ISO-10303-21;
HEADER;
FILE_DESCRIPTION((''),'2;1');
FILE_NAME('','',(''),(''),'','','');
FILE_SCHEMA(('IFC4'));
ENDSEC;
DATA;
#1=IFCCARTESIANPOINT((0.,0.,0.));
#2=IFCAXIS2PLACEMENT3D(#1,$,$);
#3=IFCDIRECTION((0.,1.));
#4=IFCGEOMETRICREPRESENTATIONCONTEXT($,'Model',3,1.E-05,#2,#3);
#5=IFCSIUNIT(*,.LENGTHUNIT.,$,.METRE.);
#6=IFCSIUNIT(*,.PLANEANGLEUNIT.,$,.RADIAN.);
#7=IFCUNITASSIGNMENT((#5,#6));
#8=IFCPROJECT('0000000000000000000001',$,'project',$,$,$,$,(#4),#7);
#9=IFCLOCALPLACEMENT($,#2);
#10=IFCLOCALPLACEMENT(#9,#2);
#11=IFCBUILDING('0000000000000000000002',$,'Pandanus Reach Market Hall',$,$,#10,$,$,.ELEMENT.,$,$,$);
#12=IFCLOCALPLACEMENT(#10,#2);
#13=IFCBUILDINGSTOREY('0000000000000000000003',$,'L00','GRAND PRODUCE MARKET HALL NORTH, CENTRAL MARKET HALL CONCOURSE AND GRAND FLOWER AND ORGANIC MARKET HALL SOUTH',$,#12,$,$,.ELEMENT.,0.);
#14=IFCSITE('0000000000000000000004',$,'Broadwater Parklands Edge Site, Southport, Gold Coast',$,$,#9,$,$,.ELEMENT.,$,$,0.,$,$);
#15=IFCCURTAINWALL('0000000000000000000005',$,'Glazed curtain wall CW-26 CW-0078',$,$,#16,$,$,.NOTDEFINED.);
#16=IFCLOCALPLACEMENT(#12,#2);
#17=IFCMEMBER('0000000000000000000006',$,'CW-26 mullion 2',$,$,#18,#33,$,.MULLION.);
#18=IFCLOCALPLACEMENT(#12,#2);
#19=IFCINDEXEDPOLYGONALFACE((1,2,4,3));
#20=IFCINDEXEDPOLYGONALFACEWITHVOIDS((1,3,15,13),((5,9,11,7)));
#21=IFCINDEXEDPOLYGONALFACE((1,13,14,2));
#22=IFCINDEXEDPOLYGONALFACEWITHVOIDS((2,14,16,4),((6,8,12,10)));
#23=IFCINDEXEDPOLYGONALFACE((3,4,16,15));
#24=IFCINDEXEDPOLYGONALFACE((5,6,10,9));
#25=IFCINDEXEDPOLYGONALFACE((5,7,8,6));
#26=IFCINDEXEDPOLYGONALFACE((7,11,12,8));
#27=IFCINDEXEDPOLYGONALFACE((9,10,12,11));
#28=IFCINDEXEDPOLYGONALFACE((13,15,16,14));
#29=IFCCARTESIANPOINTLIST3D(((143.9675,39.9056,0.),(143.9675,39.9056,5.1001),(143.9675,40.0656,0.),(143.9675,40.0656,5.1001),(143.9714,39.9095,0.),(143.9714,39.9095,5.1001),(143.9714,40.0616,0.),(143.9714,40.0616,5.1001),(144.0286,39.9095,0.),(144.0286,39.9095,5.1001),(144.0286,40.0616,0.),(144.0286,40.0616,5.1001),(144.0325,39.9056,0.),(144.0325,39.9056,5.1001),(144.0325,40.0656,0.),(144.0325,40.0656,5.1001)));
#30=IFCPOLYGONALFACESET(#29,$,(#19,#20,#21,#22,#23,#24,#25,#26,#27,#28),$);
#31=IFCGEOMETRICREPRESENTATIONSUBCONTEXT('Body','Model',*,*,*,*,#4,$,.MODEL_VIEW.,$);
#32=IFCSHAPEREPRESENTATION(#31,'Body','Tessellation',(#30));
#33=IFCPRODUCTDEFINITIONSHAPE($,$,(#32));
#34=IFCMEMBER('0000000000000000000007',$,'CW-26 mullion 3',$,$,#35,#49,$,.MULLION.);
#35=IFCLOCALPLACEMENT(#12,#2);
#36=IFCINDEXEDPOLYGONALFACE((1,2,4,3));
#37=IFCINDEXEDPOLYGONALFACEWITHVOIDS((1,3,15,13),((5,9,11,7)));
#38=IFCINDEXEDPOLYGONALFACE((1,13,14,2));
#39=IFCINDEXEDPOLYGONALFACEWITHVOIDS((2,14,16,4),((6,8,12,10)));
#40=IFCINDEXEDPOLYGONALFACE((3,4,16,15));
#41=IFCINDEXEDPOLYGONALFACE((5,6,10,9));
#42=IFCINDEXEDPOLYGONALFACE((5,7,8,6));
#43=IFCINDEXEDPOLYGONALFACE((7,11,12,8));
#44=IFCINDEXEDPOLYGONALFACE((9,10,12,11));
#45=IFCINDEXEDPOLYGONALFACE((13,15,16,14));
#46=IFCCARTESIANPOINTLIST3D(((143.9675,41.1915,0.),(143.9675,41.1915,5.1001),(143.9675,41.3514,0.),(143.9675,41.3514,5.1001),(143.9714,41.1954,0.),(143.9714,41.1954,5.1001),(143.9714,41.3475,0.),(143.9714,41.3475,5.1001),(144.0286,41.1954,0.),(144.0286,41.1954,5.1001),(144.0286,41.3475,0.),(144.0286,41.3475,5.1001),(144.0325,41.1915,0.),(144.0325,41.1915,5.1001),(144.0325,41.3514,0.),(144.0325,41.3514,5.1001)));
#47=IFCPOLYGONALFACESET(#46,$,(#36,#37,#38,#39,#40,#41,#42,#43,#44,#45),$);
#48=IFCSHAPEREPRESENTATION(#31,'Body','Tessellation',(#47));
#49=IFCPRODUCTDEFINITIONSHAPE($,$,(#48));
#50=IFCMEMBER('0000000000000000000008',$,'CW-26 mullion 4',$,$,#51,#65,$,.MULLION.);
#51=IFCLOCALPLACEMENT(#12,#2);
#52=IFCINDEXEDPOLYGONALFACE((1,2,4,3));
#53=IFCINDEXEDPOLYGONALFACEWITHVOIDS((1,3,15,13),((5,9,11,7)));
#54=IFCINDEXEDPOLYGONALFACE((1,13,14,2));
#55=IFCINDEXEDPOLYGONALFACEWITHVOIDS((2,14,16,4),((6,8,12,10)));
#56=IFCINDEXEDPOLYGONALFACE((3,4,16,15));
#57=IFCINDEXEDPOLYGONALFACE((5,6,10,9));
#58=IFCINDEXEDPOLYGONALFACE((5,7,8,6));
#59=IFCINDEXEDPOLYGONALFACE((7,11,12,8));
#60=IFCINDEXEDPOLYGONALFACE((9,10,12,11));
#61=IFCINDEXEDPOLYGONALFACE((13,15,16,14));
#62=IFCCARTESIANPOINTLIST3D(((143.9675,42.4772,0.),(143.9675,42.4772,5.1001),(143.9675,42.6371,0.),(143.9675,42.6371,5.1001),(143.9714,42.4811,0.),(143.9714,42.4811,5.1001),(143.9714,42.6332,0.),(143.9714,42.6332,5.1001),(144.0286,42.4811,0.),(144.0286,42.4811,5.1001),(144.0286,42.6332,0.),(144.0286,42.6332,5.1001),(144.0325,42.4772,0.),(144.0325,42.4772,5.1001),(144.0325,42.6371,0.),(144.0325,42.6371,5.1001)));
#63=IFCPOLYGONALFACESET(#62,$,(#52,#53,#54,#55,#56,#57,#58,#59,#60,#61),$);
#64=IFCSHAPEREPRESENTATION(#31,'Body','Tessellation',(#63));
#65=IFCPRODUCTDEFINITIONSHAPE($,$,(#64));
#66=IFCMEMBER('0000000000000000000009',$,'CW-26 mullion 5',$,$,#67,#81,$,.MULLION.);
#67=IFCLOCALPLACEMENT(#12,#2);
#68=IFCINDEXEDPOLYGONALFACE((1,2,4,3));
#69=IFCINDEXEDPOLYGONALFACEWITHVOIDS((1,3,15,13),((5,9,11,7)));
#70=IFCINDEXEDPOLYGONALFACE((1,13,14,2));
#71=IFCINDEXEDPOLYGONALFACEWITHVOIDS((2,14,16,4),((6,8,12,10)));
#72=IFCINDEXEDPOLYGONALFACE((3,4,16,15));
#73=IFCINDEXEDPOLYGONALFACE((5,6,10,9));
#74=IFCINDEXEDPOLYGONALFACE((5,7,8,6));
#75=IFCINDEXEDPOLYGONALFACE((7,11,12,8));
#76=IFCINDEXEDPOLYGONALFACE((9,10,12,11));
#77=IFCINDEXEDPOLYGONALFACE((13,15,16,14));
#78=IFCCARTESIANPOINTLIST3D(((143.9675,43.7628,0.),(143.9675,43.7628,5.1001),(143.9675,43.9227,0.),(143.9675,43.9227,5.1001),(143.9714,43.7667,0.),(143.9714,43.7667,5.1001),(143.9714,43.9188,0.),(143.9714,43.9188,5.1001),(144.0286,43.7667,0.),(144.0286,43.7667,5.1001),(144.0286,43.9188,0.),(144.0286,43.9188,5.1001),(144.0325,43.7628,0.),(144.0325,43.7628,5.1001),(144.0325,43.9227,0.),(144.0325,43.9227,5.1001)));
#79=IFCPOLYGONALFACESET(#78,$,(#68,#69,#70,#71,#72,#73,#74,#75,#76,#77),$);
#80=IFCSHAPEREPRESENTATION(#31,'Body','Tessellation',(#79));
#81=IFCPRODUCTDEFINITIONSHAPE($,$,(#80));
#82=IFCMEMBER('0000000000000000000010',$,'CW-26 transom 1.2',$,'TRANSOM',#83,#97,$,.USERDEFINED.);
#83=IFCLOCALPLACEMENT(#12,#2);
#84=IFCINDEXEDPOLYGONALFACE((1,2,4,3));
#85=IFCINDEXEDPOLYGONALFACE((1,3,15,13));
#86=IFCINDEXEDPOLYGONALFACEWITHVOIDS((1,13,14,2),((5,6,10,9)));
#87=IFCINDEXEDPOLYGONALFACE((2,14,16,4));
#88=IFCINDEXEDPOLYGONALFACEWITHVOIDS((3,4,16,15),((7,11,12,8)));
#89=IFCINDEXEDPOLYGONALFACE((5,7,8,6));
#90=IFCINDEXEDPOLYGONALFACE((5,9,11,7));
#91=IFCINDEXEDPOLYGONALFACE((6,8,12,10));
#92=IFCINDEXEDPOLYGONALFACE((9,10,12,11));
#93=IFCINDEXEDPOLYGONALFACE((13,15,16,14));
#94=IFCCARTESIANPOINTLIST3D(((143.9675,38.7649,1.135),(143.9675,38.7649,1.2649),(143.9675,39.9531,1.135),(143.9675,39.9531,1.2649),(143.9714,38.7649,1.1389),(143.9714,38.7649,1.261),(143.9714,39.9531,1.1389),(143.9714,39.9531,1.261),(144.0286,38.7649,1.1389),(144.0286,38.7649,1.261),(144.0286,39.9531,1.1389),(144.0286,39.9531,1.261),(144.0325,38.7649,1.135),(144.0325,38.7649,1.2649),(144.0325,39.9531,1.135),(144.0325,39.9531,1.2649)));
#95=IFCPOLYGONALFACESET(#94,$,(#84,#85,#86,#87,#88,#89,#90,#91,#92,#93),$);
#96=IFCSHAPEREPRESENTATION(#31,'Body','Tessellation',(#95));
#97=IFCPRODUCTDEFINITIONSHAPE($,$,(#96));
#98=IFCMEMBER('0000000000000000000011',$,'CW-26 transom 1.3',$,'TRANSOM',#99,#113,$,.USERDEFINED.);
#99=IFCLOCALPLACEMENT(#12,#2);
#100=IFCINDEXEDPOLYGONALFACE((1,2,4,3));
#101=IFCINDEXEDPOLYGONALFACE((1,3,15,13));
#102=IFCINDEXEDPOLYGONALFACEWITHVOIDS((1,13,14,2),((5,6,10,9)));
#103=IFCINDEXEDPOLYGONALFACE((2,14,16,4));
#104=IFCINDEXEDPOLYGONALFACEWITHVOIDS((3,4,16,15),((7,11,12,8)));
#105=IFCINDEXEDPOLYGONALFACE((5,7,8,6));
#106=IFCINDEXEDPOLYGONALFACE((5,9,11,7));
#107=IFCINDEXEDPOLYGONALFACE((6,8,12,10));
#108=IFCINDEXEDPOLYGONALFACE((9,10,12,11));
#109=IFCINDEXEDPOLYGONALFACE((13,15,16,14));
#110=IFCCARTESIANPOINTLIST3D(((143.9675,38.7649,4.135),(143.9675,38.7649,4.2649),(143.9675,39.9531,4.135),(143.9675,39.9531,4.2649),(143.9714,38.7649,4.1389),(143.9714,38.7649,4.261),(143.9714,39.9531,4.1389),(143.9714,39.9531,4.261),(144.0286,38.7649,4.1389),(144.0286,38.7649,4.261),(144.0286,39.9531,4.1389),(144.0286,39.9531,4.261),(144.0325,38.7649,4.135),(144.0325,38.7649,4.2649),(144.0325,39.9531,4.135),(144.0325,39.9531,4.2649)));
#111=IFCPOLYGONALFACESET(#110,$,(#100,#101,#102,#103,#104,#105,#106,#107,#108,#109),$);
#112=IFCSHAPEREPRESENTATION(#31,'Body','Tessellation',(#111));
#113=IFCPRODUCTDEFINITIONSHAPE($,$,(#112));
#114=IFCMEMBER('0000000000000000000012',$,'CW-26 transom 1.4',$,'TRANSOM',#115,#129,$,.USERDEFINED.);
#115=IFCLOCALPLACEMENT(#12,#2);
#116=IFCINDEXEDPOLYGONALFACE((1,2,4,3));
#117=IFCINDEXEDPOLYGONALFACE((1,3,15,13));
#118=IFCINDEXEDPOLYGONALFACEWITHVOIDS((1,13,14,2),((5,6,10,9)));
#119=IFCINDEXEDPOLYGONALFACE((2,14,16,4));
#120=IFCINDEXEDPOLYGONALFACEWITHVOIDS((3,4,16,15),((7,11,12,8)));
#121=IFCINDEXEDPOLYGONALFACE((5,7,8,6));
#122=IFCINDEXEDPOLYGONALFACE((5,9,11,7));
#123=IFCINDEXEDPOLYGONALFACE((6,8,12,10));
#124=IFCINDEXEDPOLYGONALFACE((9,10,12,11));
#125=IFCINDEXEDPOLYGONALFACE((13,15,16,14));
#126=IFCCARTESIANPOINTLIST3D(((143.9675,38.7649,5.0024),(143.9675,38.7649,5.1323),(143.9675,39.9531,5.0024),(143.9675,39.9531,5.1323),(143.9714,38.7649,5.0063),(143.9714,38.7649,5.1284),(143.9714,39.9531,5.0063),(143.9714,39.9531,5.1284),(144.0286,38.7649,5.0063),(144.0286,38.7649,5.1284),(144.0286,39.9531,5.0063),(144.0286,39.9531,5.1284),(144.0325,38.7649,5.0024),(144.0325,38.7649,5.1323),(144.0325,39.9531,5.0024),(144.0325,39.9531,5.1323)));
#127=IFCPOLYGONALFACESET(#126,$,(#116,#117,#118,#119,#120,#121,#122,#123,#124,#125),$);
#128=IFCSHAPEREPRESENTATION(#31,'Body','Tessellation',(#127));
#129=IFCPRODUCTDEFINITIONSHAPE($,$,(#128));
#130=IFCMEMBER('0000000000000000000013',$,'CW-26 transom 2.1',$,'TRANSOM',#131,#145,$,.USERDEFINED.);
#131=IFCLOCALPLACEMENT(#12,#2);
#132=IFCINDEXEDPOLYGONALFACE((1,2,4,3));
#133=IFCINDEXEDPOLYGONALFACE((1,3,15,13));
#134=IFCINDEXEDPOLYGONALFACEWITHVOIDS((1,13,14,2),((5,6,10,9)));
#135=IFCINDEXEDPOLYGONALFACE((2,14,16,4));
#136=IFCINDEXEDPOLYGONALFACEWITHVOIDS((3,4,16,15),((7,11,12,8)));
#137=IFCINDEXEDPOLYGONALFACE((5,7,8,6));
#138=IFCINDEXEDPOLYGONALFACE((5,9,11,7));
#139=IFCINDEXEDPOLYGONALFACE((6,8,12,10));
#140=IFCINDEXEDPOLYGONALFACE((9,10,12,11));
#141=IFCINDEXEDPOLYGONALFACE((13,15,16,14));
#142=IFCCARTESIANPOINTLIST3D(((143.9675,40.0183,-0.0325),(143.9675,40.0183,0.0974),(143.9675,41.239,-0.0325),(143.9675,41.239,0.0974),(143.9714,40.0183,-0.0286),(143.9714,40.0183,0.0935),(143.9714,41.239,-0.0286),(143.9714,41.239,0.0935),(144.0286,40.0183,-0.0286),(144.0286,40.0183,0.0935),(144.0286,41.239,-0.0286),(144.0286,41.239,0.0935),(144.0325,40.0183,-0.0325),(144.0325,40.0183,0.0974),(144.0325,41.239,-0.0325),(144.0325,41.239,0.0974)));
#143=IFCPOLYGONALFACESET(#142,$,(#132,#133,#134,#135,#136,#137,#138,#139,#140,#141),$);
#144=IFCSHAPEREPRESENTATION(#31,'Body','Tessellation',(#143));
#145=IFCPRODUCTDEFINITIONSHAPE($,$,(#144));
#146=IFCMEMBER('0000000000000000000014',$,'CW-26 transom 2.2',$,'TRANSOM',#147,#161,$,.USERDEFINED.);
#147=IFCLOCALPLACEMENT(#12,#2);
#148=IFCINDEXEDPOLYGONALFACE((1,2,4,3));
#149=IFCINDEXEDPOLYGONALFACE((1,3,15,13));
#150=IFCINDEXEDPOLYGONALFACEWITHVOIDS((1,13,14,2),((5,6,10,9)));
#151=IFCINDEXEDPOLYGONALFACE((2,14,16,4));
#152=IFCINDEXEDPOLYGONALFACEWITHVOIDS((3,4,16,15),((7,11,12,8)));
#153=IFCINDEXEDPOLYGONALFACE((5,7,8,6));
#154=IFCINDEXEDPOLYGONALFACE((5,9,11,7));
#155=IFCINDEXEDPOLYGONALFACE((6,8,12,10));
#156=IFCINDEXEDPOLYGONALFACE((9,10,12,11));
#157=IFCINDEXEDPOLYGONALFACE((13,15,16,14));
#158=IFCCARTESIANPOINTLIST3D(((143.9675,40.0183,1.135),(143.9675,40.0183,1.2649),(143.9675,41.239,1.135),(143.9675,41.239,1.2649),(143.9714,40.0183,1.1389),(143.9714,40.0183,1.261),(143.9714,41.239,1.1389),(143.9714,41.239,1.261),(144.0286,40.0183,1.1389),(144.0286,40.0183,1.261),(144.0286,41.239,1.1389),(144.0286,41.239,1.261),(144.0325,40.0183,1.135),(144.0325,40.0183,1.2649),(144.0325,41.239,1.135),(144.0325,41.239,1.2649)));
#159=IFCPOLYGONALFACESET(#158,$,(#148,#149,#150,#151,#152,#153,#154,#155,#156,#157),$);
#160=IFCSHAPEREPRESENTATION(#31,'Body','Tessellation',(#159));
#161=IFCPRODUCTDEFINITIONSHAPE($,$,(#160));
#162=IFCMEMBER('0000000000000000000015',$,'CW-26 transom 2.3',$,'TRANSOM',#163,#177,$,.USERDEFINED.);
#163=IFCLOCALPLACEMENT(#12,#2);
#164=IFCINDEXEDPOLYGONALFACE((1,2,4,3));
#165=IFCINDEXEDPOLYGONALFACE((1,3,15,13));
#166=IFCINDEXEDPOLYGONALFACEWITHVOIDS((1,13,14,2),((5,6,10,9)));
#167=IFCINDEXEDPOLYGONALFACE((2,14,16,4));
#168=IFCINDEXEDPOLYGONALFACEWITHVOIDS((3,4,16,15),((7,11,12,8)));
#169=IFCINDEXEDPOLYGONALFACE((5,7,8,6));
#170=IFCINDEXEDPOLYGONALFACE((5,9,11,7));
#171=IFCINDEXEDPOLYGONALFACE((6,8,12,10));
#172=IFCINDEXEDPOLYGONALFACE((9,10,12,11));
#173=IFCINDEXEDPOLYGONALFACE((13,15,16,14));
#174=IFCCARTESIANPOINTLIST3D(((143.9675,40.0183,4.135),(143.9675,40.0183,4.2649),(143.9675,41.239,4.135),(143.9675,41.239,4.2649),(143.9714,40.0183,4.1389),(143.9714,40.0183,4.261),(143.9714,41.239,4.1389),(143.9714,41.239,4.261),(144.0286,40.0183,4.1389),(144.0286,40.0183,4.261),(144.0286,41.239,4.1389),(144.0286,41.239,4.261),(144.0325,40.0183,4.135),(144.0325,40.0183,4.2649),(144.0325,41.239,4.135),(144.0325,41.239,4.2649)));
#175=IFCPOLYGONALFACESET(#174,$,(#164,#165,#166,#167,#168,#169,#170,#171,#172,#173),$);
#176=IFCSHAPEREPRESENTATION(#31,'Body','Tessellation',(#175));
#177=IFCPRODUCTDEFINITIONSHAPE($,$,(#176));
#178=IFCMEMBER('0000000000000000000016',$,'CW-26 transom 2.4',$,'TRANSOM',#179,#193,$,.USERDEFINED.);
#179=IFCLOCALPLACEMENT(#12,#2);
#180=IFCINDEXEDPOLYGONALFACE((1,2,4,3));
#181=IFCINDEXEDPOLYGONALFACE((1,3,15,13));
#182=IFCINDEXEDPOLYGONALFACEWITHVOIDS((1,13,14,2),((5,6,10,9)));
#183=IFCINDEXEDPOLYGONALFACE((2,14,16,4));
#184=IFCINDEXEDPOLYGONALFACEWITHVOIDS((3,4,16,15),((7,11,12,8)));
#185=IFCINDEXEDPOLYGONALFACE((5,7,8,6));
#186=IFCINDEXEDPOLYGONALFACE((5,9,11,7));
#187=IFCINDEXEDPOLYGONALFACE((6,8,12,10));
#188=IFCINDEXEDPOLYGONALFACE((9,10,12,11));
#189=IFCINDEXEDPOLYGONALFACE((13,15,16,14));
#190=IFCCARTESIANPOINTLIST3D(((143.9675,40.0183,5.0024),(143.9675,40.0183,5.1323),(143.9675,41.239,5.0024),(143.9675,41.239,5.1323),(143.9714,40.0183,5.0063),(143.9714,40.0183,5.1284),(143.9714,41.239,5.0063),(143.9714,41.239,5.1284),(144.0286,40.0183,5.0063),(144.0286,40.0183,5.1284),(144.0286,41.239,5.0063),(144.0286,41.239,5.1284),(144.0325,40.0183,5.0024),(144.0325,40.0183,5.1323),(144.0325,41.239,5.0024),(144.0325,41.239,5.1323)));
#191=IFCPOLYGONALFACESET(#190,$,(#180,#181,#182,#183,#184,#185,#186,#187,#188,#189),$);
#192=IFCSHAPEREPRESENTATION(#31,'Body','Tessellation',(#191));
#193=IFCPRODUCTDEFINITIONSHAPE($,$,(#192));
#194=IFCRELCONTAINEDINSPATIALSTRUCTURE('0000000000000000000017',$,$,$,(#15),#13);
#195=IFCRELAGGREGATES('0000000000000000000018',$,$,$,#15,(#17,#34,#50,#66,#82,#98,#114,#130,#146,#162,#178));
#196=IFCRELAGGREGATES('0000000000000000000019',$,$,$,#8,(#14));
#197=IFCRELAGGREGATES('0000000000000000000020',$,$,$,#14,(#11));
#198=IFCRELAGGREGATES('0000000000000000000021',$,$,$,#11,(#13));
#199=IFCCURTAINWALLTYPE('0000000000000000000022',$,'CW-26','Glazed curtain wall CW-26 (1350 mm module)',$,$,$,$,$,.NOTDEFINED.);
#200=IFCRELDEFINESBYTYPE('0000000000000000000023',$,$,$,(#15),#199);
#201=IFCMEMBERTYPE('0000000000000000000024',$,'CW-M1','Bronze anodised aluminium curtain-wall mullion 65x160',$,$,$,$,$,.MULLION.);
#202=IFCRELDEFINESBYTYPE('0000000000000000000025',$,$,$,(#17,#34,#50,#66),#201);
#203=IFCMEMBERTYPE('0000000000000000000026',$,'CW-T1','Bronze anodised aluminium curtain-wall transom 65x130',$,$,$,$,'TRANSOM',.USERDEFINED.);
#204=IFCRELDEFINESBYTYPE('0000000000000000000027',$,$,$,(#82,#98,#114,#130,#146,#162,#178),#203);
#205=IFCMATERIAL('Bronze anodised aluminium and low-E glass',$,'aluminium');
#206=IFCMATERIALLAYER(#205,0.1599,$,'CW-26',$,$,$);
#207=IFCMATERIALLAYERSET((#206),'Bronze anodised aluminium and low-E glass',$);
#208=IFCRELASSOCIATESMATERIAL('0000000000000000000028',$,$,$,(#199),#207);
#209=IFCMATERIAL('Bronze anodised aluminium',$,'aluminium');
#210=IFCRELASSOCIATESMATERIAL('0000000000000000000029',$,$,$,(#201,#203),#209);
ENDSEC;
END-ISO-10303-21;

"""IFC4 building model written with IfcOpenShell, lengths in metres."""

from ifc_helpers import new_model, si_unit, direction, frame, origin, origin_2d, place, context, subcontext, project, spatial, hollow_rectangle, extrude, material, layer, layer_set, material_profile, profile_set, type_object, element, aggregate, save


model = new_model("IFC4")

# Units and contexts
model_context = context("Model", 3, precision=1e-05, world=origin(), true_north=direction((0.0, 1.0)))
body_context = subcontext(model_context, "Body", "Model", "MODEL_VIEW")
ifc_project = project(units=[si_unit("LENGTHUNIT", "METRE"), si_unit("PLANEANGLEUNIT", "RADIAN")], contexts=[model_context])

# Site, building, storey
site_placement = place(None, origin())
site = spatial("IfcSite", under=ifc_project, at=site_placement, Name="Broadwater Parklands Edge Site, Southport, Gold Coast", CompositionType="ELEMENT", RefElevation=0.0)
building_placement = place(site_placement, origin())
building = spatial("IfcBuilding", under=site, at=building_placement, Name="Pandanus Reach Market Hall", CompositionType="ELEMENT")
storey_placement = place(building_placement, origin())
storey = spatial("IfcBuildingStorey", under=building, at=storey_placement, Name="L00", Description="GRAND PRODUCE MARKET HALL NORTH, CENTRAL MARKET HALL CONCOURSE AND GRAND FLOWER AND ORGANIC MARKET HALL SOUTH", CompositionType="ELEMENT", Elevation=0.0)

# Curtain wall, members
ifc_material_1 = material(Name="Bronze anodised aluminium and low-E glass", Category="aluminium")
ifc_layer_1 = layer(ifc_material_1, 0.1599, Name="CW-26")
ifc_layer_set_1 = layer_set([ifc_layer_1], Name="Bronze anodised aluminium and low-E glass")
curtain_wall_type = type_object("IfcCurtainWallType", Name="CW-26", Description="Glazed curtain wall CW-26 (1350 mm module)", PredefinedType="NOTDEFINED", material=ifc_layer_set_1)
curtain_wall_placement = place(storey_placement, origin())
curtain_wall = element("IfcCurtainWall", 1, at=curtain_wall_placement, inside=storey, type_object=curtain_wall_type, Name="Glazed curtain wall CW-26 CW-0078", PredefinedType="NOTDEFINED")
ifc_material_2 = material(Name="Bronze anodised aluminium", Category="aluminium")
ifc_material_profile_1 = material_profile(ifc_material_2, hollow_rectangle(XDim=0.0649, YDim=0.1599, WallThickness=0.0039, at=origin_2d()), Name="ALU65x160", Category="LoadBearing")
ifc_profile_set_1 = profile_set([ifc_material_profile_1], Name="Bronze anodised aluminium")
member_type_1 = type_object("IfcMemberType", Name="CW-M1", Description="Bronze anodised aluminium curtain-wall mullion 65x160", PredefinedType="MULLION", material=ifc_profile_set_1)
member_1_placement = place(storey_placement, frame((144.0, 39.9856, 0.0), z_axis=(0.0, 0.0, 1.0), x_axis=(-1.0, 0.0, 0.0)))
member_1 = element("IfcMember", 2, at=member_1_placement, type_object=member_type_1, Name="CW-26 mullion 2", PredefinedType="MULLION", context=body_context, shape_type="SweptSolid", body=[
    extrude(hollow_rectangle(XDim=0.0649, YDim=0.1599, WallThickness=0.0039, at=origin_2d()), origin(), (0.0, 0.0, 1.0), 5.1001),
])
member_2_placement = place(storey_placement, frame((144.0, 41.2715, 0.0), z_axis=(0.0, 0.0, 1.0), x_axis=(-1.0, 0.0, 0.0)))
member_2 = element("IfcMember", 3, at=member_2_placement, type_object=member_type_1, Name="CW-26 mullion 3", PredefinedType="MULLION", context=body_context, shape_type="SweptSolid", body=[
    extrude(hollow_rectangle(XDim=0.0649, YDim=0.1599, WallThickness=0.0039, at=origin_2d()), origin(), (0.0, 0.0, 1.0), 5.1001),
])
member_3_placement = place(storey_placement, frame((144.0, 42.5571, 0.0), z_axis=(0.0, 0.0, 1.0), x_axis=(-1.0, 0.0, 0.0)))
member_3 = element("IfcMember", 4, at=member_3_placement, type_object=member_type_1, Name="CW-26 mullion 4", PredefinedType="MULLION", context=body_context, shape_type="SweptSolid", body=[
    extrude(hollow_rectangle(XDim=0.0649, YDim=0.1599, WallThickness=0.0039, at=origin_2d()), origin(), (0.0, 0.0, 1.0), 5.1001),
])
member_4_placement = place(storey_placement, frame((144.0, 43.8428, 0.0), z_axis=(0.0, 0.0, 1.0), x_axis=(-1.0, 0.0, 0.0)))
member_4 = element("IfcMember", 5, at=member_4_placement, type_object=member_type_1, Name="CW-26 mullion 5", PredefinedType="MULLION", context=body_context, shape_type="SweptSolid", body=[
    extrude(hollow_rectangle(XDim=0.0649, YDim=0.1599, WallThickness=0.0039, at=origin_2d()), origin(), (0.0, 0.0, 1.0), 5.1001),
])
ifc_material_profile_2 = material_profile(ifc_material_2, hollow_rectangle(XDim=0.0649, YDim=0.1299, WallThickness=0.0039, at=origin_2d()), Name="ALU65x130", Category="LoadBearing")
ifc_profile_set_2 = profile_set([ifc_material_profile_2], Name="Bronze anodised aluminium")
member_type_2 = type_object("IfcMemberType", Name="CW-T1", Description="Bronze anodised aluminium curtain-wall transom 65x130", ElementType="TRANSOM", PredefinedType="USERDEFINED", material=ifc_profile_set_2)
member_5_placement = place(storey_placement, frame((144.0, 38.7649, 1.2), z_axis=(0.0, 1.0, 0.0), x_axis=(-1.0, 0.0, 0.0)))
member_5 = element("IfcMember", 6, at=member_5_placement, type_object=member_type_2, Name="CW-26 transom 1.2", ObjectType="TRANSOM", PredefinedType="USERDEFINED", context=body_context, shape_type="SweptSolid", body=[
    extrude(hollow_rectangle(XDim=0.0649, YDim=0.1299, WallThickness=0.0039, at=origin_2d()), origin(), (0.0, 0.0, 1.0), 1.1882),
])
member_6_placement = place(storey_placement, frame((144.0, 38.7649, 4.2), z_axis=(0.0, 1.0, 0.0), x_axis=(-1.0, 0.0, 0.0)))
member_6 = element("IfcMember", 7, at=member_6_placement, type_object=member_type_2, Name="CW-26 transom 1.3", ObjectType="TRANSOM", PredefinedType="USERDEFINED", context=body_context, shape_type="SweptSolid", body=[
    extrude(hollow_rectangle(XDim=0.0649, YDim=0.1299, WallThickness=0.0039, at=origin_2d()), origin(), (0.0, 0.0, 1.0), 1.1882),
])
member_7_placement = place(storey_placement, frame((144.0, 38.7649, 5.0674), z_axis=(0.0, 1.0, 0.0), x_axis=(-1.0, 0.0, 0.0)))
member_7 = element("IfcMember", 8, at=member_7_placement, type_object=member_type_2, Name="CW-26 transom 1.4", ObjectType="TRANSOM", PredefinedType="USERDEFINED", context=body_context, shape_type="SweptSolid", body=[
    extrude(hollow_rectangle(XDim=0.0649, YDim=0.1299, WallThickness=0.0039, at=origin_2d()), origin(), (0.0, 0.0, 1.0), 1.1882),
])
member_8_placement = place(storey_placement, frame((144.0, 40.0183, 0.0325), z_axis=(0.0, 1.0, 0.0), x_axis=(-1.0, 0.0, 0.0)))
member_8 = element("IfcMember", 9, at=member_8_placement, type_object=member_type_2, Name="CW-26 transom 2.1", ObjectType="TRANSOM", PredefinedType="USERDEFINED", context=body_context, shape_type="SweptSolid", body=[
    extrude(hollow_rectangle(XDim=0.0649, YDim=0.1299, WallThickness=0.0039, at=origin_2d()), origin(), (0.0, 0.0, 1.0), 1.2207),
])
member_9_placement = place(storey_placement, frame((144.0, 40.0183, 1.2), z_axis=(0.0, 1.0, 0.0), x_axis=(-1.0, 0.0, 0.0)))
member_9 = element("IfcMember", 10, at=member_9_placement, type_object=member_type_2, Name="CW-26 transom 2.2", ObjectType="TRANSOM", PredefinedType="USERDEFINED", context=body_context, shape_type="SweptSolid", body=[
    extrude(hollow_rectangle(XDim=0.0649, YDim=0.1299, WallThickness=0.0039, at=origin_2d()), origin(), (0.0, 0.0, 1.0), 1.2207),
])
member_10_placement = place(storey_placement, frame((144.0, 40.0183, 4.2), z_axis=(0.0, 1.0, 0.0), x_axis=(-1.0, 0.0, 0.0)))
member_10 = element("IfcMember", 11, at=member_10_placement, type_object=member_type_2, Name="CW-26 transom 2.3", ObjectType="TRANSOM", PredefinedType="USERDEFINED", context=body_context, shape_type="SweptSolid", body=[
    extrude(hollow_rectangle(XDim=0.0649, YDim=0.1299, WallThickness=0.0039, at=origin_2d()), origin(), (0.0, 0.0, 1.0), 1.2207),
])
member_11_placement = place(storey_placement, frame((144.0, 40.0183, 5.0674), z_axis=(0.0, 1.0, 0.0), x_axis=(-1.0, 0.0, 0.0)))
member_11 = element("IfcMember", 12, at=member_11_placement, type_object=member_type_2, Name="CW-26 transom 2.4", ObjectType="TRANSOM", PredefinedType="USERDEFINED", context=body_context, shape_type="SweptSolid", body=[
    extrude(hollow_rectangle(XDim=0.0649, YDim=0.1299, WallThickness=0.0039, at=origin_2d()), origin(), (0.0, 0.0, 1.0), 1.2207),
])
aggregate(curtain_wall, [member_1, member_2, member_3, member_4, member_5, member_6, member_7, member_8, member_9, member_10, member_11])

save(model, "model.ifc")
